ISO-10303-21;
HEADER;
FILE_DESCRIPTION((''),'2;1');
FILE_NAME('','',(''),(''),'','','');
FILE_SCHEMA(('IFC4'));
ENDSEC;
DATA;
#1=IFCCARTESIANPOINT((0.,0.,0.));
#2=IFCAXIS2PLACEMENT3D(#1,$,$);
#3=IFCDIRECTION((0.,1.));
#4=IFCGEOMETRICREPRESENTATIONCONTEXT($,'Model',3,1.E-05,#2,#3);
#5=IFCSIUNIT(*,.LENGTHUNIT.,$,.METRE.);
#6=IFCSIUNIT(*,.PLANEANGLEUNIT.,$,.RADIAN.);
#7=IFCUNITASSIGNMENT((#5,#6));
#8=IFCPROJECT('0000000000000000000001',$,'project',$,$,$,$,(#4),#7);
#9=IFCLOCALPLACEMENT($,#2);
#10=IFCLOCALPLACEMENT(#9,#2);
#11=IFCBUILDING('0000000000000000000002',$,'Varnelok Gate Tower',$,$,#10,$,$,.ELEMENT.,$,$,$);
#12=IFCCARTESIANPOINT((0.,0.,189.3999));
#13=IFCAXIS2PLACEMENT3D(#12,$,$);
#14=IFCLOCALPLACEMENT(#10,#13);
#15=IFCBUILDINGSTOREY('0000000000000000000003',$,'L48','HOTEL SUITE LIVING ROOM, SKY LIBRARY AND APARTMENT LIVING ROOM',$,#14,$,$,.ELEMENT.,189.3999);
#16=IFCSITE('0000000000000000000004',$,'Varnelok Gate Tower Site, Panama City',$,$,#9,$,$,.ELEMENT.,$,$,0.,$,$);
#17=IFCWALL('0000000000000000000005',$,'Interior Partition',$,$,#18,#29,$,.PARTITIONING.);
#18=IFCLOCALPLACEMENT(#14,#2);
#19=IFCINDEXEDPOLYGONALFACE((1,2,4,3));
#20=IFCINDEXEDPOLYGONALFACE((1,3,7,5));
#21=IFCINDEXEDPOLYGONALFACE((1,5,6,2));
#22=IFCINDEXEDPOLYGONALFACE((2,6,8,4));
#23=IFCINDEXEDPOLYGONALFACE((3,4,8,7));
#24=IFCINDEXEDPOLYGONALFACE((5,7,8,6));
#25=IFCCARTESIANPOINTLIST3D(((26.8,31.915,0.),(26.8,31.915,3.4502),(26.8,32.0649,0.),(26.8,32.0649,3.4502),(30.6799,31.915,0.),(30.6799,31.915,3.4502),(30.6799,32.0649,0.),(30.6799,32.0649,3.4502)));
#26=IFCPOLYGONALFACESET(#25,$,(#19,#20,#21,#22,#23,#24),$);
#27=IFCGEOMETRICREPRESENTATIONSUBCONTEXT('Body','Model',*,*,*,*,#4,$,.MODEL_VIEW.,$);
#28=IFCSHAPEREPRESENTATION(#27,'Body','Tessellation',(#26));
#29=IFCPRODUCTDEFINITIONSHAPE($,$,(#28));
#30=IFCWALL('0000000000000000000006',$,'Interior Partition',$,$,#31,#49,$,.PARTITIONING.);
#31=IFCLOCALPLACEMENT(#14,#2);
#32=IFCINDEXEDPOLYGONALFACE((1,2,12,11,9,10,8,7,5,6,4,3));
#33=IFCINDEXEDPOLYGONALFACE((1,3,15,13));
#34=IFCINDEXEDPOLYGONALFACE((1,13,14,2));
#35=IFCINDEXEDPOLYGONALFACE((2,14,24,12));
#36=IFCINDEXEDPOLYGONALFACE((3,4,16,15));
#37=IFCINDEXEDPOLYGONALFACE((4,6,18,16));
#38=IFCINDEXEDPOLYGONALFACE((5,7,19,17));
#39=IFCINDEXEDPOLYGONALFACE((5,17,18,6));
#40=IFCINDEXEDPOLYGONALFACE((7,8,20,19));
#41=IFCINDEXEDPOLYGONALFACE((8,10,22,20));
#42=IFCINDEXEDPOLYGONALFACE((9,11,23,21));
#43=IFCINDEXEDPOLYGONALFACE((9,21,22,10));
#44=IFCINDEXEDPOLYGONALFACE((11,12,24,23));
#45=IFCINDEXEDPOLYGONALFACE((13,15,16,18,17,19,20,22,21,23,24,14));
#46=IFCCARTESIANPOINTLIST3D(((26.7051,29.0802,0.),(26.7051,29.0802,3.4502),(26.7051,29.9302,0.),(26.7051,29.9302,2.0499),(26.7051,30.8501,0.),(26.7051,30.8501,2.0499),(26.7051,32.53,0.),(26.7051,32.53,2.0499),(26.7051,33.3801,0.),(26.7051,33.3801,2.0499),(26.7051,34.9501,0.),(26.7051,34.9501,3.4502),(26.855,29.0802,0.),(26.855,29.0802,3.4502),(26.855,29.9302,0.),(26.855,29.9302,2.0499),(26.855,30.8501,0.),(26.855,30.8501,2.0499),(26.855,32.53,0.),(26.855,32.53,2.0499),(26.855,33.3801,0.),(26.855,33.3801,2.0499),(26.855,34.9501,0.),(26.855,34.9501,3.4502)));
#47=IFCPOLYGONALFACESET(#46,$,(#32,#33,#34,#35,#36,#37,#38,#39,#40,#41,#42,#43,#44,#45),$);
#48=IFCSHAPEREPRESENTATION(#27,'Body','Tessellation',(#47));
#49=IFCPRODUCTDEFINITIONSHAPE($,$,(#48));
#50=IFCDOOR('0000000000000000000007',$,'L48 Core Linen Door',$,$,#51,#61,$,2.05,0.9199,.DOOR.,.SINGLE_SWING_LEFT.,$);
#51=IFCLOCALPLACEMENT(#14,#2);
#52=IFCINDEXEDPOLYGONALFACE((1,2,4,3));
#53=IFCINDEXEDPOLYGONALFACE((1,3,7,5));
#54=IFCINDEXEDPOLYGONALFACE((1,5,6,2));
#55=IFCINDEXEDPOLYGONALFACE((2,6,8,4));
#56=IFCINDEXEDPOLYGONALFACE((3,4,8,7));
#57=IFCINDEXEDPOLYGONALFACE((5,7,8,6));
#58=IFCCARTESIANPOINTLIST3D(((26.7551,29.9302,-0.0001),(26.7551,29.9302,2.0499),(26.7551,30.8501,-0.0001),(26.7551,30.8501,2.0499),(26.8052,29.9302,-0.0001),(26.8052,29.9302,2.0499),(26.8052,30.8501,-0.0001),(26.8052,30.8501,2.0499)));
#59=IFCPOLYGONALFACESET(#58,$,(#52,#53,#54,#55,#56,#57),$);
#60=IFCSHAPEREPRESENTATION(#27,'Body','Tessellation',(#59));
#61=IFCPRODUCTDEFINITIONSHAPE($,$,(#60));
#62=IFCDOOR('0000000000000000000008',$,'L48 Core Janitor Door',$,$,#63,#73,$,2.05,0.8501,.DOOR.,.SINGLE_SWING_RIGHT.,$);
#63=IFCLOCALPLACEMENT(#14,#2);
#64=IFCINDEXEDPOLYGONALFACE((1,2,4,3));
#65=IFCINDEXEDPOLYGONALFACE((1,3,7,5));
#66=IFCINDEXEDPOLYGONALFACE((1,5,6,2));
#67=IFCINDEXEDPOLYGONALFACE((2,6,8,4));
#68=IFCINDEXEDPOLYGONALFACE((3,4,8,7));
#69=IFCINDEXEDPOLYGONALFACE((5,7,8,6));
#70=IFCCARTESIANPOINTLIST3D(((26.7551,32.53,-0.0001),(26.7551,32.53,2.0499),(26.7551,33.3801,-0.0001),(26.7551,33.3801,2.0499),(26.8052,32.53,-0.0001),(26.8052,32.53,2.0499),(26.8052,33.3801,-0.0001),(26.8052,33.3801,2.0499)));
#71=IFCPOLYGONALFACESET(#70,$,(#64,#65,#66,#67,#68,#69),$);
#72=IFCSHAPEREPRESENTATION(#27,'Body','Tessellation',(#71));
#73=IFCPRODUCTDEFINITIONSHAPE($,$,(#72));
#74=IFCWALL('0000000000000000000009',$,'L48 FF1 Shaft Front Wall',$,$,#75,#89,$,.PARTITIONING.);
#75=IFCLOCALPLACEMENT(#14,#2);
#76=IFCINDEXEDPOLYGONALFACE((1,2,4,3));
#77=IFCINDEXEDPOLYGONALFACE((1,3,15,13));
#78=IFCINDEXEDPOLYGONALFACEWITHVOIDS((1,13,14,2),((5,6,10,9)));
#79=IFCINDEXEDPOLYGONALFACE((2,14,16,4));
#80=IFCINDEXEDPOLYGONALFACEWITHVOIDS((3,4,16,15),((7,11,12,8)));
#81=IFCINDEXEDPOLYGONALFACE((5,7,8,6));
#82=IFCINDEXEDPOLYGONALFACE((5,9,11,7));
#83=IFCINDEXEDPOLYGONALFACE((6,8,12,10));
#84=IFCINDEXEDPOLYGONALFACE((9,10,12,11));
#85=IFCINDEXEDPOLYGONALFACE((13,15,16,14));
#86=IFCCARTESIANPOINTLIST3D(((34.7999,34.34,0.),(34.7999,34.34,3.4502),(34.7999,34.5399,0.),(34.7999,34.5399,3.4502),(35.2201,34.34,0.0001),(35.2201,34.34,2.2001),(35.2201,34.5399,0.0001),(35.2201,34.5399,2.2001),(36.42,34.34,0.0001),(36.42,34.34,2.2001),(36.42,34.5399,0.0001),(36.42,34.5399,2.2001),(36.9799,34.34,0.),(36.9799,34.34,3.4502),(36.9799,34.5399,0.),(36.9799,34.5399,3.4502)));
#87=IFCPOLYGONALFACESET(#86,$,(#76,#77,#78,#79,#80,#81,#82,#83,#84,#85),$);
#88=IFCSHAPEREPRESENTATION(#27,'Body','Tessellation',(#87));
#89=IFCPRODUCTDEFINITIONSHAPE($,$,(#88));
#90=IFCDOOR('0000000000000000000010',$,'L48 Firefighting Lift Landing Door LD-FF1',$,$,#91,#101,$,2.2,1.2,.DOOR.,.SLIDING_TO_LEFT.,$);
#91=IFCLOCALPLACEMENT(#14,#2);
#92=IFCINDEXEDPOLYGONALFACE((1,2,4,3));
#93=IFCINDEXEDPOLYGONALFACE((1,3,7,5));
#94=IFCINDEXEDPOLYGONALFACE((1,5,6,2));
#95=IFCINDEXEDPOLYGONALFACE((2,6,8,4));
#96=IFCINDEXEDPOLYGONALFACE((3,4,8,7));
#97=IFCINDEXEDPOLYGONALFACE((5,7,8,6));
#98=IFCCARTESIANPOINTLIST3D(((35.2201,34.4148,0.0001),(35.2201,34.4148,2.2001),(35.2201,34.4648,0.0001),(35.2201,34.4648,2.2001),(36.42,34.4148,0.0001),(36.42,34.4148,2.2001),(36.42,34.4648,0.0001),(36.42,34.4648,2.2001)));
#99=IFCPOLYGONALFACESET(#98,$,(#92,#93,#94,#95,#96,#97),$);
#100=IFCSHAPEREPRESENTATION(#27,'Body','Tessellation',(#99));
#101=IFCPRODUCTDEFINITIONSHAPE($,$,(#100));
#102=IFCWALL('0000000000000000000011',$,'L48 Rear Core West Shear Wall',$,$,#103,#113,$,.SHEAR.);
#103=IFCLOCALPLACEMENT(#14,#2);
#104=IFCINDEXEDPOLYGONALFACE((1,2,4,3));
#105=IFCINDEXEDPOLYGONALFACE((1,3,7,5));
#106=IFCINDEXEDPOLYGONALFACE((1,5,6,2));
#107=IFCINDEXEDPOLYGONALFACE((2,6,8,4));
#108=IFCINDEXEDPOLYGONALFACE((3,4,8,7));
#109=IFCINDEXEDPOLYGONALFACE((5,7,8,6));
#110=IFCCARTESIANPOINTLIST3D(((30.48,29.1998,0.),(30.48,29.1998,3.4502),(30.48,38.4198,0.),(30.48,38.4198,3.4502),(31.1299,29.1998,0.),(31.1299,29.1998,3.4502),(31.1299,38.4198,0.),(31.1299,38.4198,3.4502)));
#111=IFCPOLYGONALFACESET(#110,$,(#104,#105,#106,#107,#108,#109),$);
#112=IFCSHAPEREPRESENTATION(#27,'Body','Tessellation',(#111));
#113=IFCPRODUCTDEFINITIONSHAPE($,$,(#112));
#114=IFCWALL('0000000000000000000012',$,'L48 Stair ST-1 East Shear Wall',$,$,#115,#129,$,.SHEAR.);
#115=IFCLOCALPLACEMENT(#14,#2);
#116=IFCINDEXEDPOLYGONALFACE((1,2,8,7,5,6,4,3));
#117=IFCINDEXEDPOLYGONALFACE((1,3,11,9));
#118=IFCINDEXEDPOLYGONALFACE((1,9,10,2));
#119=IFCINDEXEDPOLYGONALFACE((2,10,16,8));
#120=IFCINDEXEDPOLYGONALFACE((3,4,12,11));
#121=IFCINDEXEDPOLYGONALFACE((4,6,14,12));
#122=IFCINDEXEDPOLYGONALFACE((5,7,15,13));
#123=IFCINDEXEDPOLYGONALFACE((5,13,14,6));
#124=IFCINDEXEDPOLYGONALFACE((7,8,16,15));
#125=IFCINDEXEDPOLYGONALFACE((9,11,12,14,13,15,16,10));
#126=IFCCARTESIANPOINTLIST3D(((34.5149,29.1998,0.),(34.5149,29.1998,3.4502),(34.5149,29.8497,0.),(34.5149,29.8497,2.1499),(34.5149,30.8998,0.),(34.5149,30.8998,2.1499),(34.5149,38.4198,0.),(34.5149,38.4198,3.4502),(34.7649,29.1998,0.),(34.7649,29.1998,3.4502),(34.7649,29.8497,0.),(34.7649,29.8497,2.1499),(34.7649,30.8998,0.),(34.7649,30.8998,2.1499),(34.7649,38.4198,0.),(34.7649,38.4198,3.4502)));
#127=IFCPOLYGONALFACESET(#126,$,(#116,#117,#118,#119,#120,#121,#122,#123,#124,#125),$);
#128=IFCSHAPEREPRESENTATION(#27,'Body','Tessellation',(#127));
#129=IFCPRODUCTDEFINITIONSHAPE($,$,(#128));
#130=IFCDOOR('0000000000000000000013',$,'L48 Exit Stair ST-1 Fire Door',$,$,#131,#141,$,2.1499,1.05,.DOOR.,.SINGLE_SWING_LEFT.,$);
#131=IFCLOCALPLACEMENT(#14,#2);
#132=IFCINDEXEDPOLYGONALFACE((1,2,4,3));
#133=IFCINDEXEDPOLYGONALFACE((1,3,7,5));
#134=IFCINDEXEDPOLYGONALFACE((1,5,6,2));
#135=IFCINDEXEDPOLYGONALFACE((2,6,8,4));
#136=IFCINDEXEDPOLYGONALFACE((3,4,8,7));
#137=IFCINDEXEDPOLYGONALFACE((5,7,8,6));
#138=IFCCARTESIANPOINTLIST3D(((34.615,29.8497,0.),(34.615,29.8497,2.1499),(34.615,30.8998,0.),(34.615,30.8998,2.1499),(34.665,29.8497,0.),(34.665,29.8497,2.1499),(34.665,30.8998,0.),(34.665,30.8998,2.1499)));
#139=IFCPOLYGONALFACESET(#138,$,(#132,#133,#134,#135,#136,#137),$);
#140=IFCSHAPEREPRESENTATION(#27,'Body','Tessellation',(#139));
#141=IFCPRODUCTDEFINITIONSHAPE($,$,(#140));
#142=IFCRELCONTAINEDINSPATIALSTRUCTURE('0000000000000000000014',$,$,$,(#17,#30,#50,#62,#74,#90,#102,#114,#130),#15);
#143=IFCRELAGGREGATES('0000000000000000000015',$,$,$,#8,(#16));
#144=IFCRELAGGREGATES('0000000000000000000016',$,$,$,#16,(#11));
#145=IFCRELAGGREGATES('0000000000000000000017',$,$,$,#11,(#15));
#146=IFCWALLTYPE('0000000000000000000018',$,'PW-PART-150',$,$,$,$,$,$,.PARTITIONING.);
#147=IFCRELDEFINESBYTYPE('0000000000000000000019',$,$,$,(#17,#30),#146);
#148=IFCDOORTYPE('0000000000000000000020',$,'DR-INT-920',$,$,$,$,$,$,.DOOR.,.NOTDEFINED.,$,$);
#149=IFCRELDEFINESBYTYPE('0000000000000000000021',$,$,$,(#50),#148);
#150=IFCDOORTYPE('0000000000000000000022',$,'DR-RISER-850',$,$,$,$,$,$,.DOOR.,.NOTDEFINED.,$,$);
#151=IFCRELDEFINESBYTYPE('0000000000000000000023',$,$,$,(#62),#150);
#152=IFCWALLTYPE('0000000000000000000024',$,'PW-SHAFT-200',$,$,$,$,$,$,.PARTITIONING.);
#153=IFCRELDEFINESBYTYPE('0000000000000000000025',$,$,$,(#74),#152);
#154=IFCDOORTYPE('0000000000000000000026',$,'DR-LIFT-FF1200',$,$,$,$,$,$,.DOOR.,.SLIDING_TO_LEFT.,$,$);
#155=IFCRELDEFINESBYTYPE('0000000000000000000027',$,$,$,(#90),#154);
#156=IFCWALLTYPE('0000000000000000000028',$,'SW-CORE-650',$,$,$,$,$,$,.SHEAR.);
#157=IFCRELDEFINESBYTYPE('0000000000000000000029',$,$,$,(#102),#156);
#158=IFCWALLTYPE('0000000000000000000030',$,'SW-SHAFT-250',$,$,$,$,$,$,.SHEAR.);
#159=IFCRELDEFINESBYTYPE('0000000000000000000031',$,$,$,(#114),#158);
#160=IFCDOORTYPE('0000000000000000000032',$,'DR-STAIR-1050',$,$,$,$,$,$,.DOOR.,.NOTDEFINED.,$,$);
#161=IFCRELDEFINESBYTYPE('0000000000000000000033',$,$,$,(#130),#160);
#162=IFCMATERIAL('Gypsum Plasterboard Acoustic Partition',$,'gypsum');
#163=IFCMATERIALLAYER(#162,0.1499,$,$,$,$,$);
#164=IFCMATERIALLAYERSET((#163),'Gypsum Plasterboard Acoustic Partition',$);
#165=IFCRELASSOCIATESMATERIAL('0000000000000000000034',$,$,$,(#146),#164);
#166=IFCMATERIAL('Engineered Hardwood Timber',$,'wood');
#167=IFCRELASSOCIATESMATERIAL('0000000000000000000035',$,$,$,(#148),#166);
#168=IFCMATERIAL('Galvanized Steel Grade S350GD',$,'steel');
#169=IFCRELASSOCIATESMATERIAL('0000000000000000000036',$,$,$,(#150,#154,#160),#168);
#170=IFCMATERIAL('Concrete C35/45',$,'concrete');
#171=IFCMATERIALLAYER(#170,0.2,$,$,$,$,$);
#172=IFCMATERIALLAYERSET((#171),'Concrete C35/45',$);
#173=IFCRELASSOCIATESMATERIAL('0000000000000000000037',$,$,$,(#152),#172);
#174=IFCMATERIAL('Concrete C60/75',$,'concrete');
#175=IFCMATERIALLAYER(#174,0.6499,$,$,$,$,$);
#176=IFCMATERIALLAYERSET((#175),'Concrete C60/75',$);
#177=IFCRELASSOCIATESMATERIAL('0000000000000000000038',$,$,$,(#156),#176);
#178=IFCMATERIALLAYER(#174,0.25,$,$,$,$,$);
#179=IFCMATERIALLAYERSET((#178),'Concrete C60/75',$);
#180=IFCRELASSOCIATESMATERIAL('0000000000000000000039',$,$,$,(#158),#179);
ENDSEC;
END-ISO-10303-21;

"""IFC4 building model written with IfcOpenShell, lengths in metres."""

from ifc_helpers import new_model, si_unit, direction, frame, frame_2d, origin, place, context, subcontext, project, spatial, rectangle, extrude, material, layer, layer_set, type_object, element, fill, save


model = new_model("IFC4")

# Units and contexts
model_context = context("Model", 3, precision=1e-05, world=origin(), true_north=direction((0.0, 1.0)))
body_context = subcontext(model_context, "Body", "Model", "MODEL_VIEW")
ifc_project = project(units=[si_unit("LENGTHUNIT", "METRE"), si_unit("PLANEANGLEUNIT", "RADIAN")], contexts=[model_context])

# Site, building, storey
site_placement = place(None, origin())
site = spatial("IfcSite", under=ifc_project, at=site_placement, Name="Varnelok Gate Tower Site, Panama City", CompositionType="ELEMENT", RefElevation=0.0)
building_placement = place(site_placement, origin())
building = spatial("IfcBuilding", under=site, at=building_placement, Name="Varnelok Gate Tower", CompositionType="ELEMENT")
storey_placement = place(building_placement, frame((0.0, 0.0, 189.3999)))
storey = spatial("IfcBuildingStorey", under=building, at=storey_placement, Name="L48", Description="HOTEL SUITE LIVING ROOM, SKY LIBRARY AND APARTMENT LIVING ROOM", CompositionType="ELEMENT", Elevation=189.3999)

# Wall
ifc_material_1 = material(Name="Gypsum Plasterboard Acoustic Partition", Category="gypsum")
ifc_layer_1 = layer(ifc_material_1, 0.1499)
ifc_layer_set_1 = layer_set([ifc_layer_1], Name="Gypsum Plasterboard Acoustic Partition")
wall_type_1 = type_object("IfcWallType", Name="PW-PART-150", PredefinedType="PARTITIONING", material=ifc_layer_set_1)
wall_1_placement = place(storey_placement, frame((26.8, 31.99, 0.0), z_axis=(0.0, 0.0, 1.0), x_axis=(1.0, 0.0, 0.0)))
element("IfcWall", 1, at=wall_1_placement, inside=storey, type_object=wall_type_1, Name="Interior Partition", PredefinedType="PARTITIONING", context=body_context, shape_type="SweptSolid", body=[
    extrude(rectangle(XDim=3.8799, YDim=0.1499, at=frame_2d((1.9399, 0.0))), origin(), (0.0, 0.0, 1.0), 3.4502),
])

# Wall, openings, doors
wall_2_placement = place(storey_placement, frame((26.78, 29.0801, 0.0), z_axis=(0.0, 0.0, 1.0), x_axis=(0.0, 1.0, 0.0)))
wall_2 = element("IfcWall", 2, at=wall_2_placement, inside=storey, type_object=wall_type_1, Name="Interior Partition", PredefinedType="PARTITIONING", context=body_context, shape_type="SweptSolid", body=[
    extrude(rectangle(XDim=5.8699, YDim=0.1499, at=frame_2d((2.9351, 0.0))), origin(), (0.0, 0.0, 1.0), 3.4502),
])
opening_1_placement = place(wall_2_placement, frame((0.8501, 0.0, 0.0)))
opening_1 = element("IfcOpeningElement", 3, at=opening_1_placement, cuts=wall_2, PredefinedType="OPENING", context=body_context, shape_type="SweptSolid", body=[
    extrude(rectangle(XDim=0.9199, YDim=2.05, at=frame_2d((0.46, 1.0249))), frame((0.0, 0.085, 0.0), z_axis=(0.0, -1.0, 0.0), x_axis=(1.0, 0.0, 0.0)), (0.0, 0.0, 1.0), 0.1699),
])
opening_2_placement = place(wall_2_placement, frame((3.45, 0.0, 0.0)))
opening_2 = element("IfcOpeningElement", 4, at=opening_2_placement, cuts=wall_2, PredefinedType="OPENING", context=body_context, shape_type="SweptSolid", body=[
    extrude(rectangle(XDim=0.8501, YDim=2.05, at=frame_2d((0.425, 1.0249))), frame((0.0, 0.085, 0.0), z_axis=(0.0, -1.0, 0.0), x_axis=(1.0, 0.0, 0.0)), (0.0, 0.0, 1.0), 0.1699),
])
ifc_material_2 = material(Name="Engineered Hardwood Timber", Category="wood")
door_type_1 = type_object("IfcDoorType", Name="DR-INT-920", OperationType="NOTDEFINED", PredefinedType="DOOR", material=ifc_material_2)
door_1_placement = place(opening_1_placement, origin())
door_1 = element("IfcDoor", 5, at=door_1_placement, inside=storey, type_object=door_type_1, Name="L48 Core Linen Door", OperationType="SINGLE_SWING_LEFT", OverallHeight=2.05, OverallWidth=0.9199, PredefinedType="DOOR", context=body_context, shape_type="SweptSolid", body=[
    extrude(rectangle(XDim=0.9199, YDim=2.05, at=frame_2d((0.46, 1.0249))), frame((0.0, 0.0249, 0.0), z_axis=(0.0, -1.0, 0.0), x_axis=(1.0, 0.0, 0.0)), (0.0, 0.0, 1.0), 0.05),
])
fill(opening_1, door_1)
ifc_material_3 = material(Name="Galvanized Steel Grade S350GD", Category="steel")
door_type_2 = type_object("IfcDoorType", Name="DR-RISER-850", OperationType="NOTDEFINED", PredefinedType="DOOR", material=ifc_material_3)
door_2_placement = place(opening_2_placement, origin())
door_2 = element("IfcDoor", 6, at=door_2_placement, inside=storey, type_object=door_type_2, Name="L48 Core Janitor Door", OperationType="SINGLE_SWING_RIGHT", OverallHeight=2.05, OverallWidth=0.8501, PredefinedType="DOOR", context=body_context, shape_type="SweptSolid", body=[
    extrude(rectangle(XDim=0.8501, YDim=2.05, at=frame_2d((0.425, 1.0249))), frame((0.0, 0.0249, 0.0), z_axis=(0.0, -1.0, 0.0), x_axis=(1.0, 0.0, 0.0)), (0.0, 0.0, 1.0), 0.05),
])
fill(opening_2, door_2)

# Wall, opening, door
ifc_material_4 = material(Name="Concrete C35/45", Category="concrete")
ifc_layer_2 = layer(ifc_material_4, 0.2)
ifc_layer_set_2 = layer_set([ifc_layer_2], Name="Concrete C35/45")
wall_type_2 = type_object("IfcWallType", Name="PW-SHAFT-200", PredefinedType="PARTITIONING", material=ifc_layer_set_2)
wall_3_placement = place(storey_placement, frame((34.8, 34.4399, 0.0), z_axis=(0.0, 0.0, 1.0), x_axis=(1.0, 0.0, 0.0)))
wall_3 = element("IfcWall", 7, at=wall_3_placement, inside=storey, type_object=wall_type_2, Name="L48 FF1 Shaft Front Wall", PredefinedType="PARTITIONING", context=body_context, shape_type="SweptSolid", body=[
    extrude(rectangle(XDim=2.1799, YDim=0.2, at=frame_2d((1.0898, 0.0))), origin(), (0.0, 0.0, 1.0), 3.4502),
])
opening_3_placement = place(wall_3_placement, frame((0.4199, 0.0, 0.0)))
opening_3 = element("IfcOpeningElement", 8, at=opening_3_placement, cuts=wall_3, PredefinedType="OPENING", context=body_context, shape_type="SweptSolid", body=[
    extrude(rectangle(XDim=1.2, YDim=2.2, at=frame_2d((0.6001, 1.1001))), frame((0.0, 0.1099, 0.0), z_axis=(0.0, -1.0, 0.0), x_axis=(1.0, 0.0, 0.0)), (0.0, 0.0, 1.0), 0.22),
])
door_type_3 = type_object("IfcDoorType", Name="DR-LIFT-FF1200", OperationType="SLIDING_TO_LEFT", PredefinedType="DOOR", material=ifc_material_3)
door_3_placement = place(opening_3_placement, origin())
door_3 = element("IfcDoor", 9, at=door_3_placement, inside=storey, type_object=door_type_3, Name="L48 Firefighting Lift Landing Door LD-FF1", OperationType="SLIDING_TO_LEFT", OverallHeight=2.2, OverallWidth=1.2, PredefinedType="DOOR", context=body_context, shape_type="SweptSolid", body=[
    extrude(rectangle(XDim=1.2, YDim=2.2, at=frame_2d((0.6001, 1.1001))), frame((0.0, 0.0249, 0.0), z_axis=(0.0, -1.0, 0.0), x_axis=(1.0, 0.0, 0.0)), (0.0, 0.0, 1.0), 0.05),
])
fill(opening_3, door_3)

# Wall
ifc_material_5 = material(Name="Concrete C60/75", Category="concrete")
ifc_layer_3 = layer(ifc_material_5, 0.6499)
ifc_layer_set_3 = layer_set([ifc_layer_3], Name="Concrete C60/75")
wall_type_3 = type_object("IfcWallType", Name="SW-CORE-650", PredefinedType="SHEAR", material=ifc_layer_set_3)
wall_4_placement = place(storey_placement, frame((30.8049, 29.2, 0.0), z_axis=(0.0, 0.0, 1.0), x_axis=(0.0, 1.0, 0.0)))
element("IfcWall", 10, at=wall_4_placement, inside=storey, type_object=wall_type_3, Name="L48 Rear Core West Shear Wall", PredefinedType="SHEAR", context=body_context, shape_type="SweptSolid", body=[
    extrude(rectangle(XDim=9.22, YDim=0.6499, at=frame_2d((4.6099, 0.0))), origin(), (0.0, 0.0, 1.0), 3.4502),
])

# Wall, opening, door
ifc_layer_4 = layer(ifc_material_5, 0.25)
ifc_layer_set_4 = layer_set([ifc_layer_4], Name="Concrete C60/75")
wall_type_4 = type_object("IfcWallType", Name="SW-SHAFT-250", PredefinedType="SHEAR", material=ifc_layer_set_4)
wall_5_placement = place(storey_placement, frame((34.6399, 29.2, 0.0), z_axis=(0.0, 0.0, 1.0), x_axis=(0.0, 1.0, 0.0)))
wall_5 = element("IfcWall", 11, at=wall_5_placement, inside=storey, type_object=wall_type_4, Name="L48 Stair ST-1 East Shear Wall", PredefinedType="SHEAR", context=body_context, shape_type="SweptSolid", body=[
    extrude(rectangle(XDim=9.22, YDim=0.25, at=frame_2d((4.6099, 0.0))), origin(), (0.0, 0.0, 1.0), 3.4502),
])
opening_4_placement = place(wall_5_placement, frame((0.6499, 0.0, 0.0)))
opening_4 = element("IfcOpeningElement", 12, at=opening_4_placement, cuts=wall_5, PredefinedType="OPENING", context=body_context, shape_type="SweptSolid", body=[
    extrude(rectangle(XDim=1.05, YDim=2.1499, at=frame_2d((0.5249, 1.075))), frame((0.0, 0.135, 0.0), z_axis=(0.0, -1.0, 0.0), x_axis=(1.0, 0.0, 0.0)), (0.0, 0.0, 1.0), 0.27),
])
door_type_4 = type_object("IfcDoorType", Name="DR-STAIR-1050", OperationType="NOTDEFINED", PredefinedType="DOOR", material=ifc_material_3)
door_4_placement = place(opening_4_placement, origin())
door_4 = element("IfcDoor", 13, at=door_4_placement, inside=storey, type_object=door_type_4, Name="L48 Exit Stair ST-1 Fire Door", OperationType="SINGLE_SWING_LEFT", OverallHeight=2.1499, OverallWidth=1.05, PredefinedType="DOOR", context=body_context, shape_type="SweptSolid", body=[
    extrude(rectangle(XDim=1.05, YDim=2.1499, at=frame_2d((0.5249, 1.075))), frame((0.0, 0.0249, 0.0), z_axis=(0.0, -1.0, 0.0), x_axis=(1.0, 0.0, 0.0)), (0.0, 0.0, 1.0), 0.05),
])
fill(opening_4, door_4)

save(model, "model.ifc")
